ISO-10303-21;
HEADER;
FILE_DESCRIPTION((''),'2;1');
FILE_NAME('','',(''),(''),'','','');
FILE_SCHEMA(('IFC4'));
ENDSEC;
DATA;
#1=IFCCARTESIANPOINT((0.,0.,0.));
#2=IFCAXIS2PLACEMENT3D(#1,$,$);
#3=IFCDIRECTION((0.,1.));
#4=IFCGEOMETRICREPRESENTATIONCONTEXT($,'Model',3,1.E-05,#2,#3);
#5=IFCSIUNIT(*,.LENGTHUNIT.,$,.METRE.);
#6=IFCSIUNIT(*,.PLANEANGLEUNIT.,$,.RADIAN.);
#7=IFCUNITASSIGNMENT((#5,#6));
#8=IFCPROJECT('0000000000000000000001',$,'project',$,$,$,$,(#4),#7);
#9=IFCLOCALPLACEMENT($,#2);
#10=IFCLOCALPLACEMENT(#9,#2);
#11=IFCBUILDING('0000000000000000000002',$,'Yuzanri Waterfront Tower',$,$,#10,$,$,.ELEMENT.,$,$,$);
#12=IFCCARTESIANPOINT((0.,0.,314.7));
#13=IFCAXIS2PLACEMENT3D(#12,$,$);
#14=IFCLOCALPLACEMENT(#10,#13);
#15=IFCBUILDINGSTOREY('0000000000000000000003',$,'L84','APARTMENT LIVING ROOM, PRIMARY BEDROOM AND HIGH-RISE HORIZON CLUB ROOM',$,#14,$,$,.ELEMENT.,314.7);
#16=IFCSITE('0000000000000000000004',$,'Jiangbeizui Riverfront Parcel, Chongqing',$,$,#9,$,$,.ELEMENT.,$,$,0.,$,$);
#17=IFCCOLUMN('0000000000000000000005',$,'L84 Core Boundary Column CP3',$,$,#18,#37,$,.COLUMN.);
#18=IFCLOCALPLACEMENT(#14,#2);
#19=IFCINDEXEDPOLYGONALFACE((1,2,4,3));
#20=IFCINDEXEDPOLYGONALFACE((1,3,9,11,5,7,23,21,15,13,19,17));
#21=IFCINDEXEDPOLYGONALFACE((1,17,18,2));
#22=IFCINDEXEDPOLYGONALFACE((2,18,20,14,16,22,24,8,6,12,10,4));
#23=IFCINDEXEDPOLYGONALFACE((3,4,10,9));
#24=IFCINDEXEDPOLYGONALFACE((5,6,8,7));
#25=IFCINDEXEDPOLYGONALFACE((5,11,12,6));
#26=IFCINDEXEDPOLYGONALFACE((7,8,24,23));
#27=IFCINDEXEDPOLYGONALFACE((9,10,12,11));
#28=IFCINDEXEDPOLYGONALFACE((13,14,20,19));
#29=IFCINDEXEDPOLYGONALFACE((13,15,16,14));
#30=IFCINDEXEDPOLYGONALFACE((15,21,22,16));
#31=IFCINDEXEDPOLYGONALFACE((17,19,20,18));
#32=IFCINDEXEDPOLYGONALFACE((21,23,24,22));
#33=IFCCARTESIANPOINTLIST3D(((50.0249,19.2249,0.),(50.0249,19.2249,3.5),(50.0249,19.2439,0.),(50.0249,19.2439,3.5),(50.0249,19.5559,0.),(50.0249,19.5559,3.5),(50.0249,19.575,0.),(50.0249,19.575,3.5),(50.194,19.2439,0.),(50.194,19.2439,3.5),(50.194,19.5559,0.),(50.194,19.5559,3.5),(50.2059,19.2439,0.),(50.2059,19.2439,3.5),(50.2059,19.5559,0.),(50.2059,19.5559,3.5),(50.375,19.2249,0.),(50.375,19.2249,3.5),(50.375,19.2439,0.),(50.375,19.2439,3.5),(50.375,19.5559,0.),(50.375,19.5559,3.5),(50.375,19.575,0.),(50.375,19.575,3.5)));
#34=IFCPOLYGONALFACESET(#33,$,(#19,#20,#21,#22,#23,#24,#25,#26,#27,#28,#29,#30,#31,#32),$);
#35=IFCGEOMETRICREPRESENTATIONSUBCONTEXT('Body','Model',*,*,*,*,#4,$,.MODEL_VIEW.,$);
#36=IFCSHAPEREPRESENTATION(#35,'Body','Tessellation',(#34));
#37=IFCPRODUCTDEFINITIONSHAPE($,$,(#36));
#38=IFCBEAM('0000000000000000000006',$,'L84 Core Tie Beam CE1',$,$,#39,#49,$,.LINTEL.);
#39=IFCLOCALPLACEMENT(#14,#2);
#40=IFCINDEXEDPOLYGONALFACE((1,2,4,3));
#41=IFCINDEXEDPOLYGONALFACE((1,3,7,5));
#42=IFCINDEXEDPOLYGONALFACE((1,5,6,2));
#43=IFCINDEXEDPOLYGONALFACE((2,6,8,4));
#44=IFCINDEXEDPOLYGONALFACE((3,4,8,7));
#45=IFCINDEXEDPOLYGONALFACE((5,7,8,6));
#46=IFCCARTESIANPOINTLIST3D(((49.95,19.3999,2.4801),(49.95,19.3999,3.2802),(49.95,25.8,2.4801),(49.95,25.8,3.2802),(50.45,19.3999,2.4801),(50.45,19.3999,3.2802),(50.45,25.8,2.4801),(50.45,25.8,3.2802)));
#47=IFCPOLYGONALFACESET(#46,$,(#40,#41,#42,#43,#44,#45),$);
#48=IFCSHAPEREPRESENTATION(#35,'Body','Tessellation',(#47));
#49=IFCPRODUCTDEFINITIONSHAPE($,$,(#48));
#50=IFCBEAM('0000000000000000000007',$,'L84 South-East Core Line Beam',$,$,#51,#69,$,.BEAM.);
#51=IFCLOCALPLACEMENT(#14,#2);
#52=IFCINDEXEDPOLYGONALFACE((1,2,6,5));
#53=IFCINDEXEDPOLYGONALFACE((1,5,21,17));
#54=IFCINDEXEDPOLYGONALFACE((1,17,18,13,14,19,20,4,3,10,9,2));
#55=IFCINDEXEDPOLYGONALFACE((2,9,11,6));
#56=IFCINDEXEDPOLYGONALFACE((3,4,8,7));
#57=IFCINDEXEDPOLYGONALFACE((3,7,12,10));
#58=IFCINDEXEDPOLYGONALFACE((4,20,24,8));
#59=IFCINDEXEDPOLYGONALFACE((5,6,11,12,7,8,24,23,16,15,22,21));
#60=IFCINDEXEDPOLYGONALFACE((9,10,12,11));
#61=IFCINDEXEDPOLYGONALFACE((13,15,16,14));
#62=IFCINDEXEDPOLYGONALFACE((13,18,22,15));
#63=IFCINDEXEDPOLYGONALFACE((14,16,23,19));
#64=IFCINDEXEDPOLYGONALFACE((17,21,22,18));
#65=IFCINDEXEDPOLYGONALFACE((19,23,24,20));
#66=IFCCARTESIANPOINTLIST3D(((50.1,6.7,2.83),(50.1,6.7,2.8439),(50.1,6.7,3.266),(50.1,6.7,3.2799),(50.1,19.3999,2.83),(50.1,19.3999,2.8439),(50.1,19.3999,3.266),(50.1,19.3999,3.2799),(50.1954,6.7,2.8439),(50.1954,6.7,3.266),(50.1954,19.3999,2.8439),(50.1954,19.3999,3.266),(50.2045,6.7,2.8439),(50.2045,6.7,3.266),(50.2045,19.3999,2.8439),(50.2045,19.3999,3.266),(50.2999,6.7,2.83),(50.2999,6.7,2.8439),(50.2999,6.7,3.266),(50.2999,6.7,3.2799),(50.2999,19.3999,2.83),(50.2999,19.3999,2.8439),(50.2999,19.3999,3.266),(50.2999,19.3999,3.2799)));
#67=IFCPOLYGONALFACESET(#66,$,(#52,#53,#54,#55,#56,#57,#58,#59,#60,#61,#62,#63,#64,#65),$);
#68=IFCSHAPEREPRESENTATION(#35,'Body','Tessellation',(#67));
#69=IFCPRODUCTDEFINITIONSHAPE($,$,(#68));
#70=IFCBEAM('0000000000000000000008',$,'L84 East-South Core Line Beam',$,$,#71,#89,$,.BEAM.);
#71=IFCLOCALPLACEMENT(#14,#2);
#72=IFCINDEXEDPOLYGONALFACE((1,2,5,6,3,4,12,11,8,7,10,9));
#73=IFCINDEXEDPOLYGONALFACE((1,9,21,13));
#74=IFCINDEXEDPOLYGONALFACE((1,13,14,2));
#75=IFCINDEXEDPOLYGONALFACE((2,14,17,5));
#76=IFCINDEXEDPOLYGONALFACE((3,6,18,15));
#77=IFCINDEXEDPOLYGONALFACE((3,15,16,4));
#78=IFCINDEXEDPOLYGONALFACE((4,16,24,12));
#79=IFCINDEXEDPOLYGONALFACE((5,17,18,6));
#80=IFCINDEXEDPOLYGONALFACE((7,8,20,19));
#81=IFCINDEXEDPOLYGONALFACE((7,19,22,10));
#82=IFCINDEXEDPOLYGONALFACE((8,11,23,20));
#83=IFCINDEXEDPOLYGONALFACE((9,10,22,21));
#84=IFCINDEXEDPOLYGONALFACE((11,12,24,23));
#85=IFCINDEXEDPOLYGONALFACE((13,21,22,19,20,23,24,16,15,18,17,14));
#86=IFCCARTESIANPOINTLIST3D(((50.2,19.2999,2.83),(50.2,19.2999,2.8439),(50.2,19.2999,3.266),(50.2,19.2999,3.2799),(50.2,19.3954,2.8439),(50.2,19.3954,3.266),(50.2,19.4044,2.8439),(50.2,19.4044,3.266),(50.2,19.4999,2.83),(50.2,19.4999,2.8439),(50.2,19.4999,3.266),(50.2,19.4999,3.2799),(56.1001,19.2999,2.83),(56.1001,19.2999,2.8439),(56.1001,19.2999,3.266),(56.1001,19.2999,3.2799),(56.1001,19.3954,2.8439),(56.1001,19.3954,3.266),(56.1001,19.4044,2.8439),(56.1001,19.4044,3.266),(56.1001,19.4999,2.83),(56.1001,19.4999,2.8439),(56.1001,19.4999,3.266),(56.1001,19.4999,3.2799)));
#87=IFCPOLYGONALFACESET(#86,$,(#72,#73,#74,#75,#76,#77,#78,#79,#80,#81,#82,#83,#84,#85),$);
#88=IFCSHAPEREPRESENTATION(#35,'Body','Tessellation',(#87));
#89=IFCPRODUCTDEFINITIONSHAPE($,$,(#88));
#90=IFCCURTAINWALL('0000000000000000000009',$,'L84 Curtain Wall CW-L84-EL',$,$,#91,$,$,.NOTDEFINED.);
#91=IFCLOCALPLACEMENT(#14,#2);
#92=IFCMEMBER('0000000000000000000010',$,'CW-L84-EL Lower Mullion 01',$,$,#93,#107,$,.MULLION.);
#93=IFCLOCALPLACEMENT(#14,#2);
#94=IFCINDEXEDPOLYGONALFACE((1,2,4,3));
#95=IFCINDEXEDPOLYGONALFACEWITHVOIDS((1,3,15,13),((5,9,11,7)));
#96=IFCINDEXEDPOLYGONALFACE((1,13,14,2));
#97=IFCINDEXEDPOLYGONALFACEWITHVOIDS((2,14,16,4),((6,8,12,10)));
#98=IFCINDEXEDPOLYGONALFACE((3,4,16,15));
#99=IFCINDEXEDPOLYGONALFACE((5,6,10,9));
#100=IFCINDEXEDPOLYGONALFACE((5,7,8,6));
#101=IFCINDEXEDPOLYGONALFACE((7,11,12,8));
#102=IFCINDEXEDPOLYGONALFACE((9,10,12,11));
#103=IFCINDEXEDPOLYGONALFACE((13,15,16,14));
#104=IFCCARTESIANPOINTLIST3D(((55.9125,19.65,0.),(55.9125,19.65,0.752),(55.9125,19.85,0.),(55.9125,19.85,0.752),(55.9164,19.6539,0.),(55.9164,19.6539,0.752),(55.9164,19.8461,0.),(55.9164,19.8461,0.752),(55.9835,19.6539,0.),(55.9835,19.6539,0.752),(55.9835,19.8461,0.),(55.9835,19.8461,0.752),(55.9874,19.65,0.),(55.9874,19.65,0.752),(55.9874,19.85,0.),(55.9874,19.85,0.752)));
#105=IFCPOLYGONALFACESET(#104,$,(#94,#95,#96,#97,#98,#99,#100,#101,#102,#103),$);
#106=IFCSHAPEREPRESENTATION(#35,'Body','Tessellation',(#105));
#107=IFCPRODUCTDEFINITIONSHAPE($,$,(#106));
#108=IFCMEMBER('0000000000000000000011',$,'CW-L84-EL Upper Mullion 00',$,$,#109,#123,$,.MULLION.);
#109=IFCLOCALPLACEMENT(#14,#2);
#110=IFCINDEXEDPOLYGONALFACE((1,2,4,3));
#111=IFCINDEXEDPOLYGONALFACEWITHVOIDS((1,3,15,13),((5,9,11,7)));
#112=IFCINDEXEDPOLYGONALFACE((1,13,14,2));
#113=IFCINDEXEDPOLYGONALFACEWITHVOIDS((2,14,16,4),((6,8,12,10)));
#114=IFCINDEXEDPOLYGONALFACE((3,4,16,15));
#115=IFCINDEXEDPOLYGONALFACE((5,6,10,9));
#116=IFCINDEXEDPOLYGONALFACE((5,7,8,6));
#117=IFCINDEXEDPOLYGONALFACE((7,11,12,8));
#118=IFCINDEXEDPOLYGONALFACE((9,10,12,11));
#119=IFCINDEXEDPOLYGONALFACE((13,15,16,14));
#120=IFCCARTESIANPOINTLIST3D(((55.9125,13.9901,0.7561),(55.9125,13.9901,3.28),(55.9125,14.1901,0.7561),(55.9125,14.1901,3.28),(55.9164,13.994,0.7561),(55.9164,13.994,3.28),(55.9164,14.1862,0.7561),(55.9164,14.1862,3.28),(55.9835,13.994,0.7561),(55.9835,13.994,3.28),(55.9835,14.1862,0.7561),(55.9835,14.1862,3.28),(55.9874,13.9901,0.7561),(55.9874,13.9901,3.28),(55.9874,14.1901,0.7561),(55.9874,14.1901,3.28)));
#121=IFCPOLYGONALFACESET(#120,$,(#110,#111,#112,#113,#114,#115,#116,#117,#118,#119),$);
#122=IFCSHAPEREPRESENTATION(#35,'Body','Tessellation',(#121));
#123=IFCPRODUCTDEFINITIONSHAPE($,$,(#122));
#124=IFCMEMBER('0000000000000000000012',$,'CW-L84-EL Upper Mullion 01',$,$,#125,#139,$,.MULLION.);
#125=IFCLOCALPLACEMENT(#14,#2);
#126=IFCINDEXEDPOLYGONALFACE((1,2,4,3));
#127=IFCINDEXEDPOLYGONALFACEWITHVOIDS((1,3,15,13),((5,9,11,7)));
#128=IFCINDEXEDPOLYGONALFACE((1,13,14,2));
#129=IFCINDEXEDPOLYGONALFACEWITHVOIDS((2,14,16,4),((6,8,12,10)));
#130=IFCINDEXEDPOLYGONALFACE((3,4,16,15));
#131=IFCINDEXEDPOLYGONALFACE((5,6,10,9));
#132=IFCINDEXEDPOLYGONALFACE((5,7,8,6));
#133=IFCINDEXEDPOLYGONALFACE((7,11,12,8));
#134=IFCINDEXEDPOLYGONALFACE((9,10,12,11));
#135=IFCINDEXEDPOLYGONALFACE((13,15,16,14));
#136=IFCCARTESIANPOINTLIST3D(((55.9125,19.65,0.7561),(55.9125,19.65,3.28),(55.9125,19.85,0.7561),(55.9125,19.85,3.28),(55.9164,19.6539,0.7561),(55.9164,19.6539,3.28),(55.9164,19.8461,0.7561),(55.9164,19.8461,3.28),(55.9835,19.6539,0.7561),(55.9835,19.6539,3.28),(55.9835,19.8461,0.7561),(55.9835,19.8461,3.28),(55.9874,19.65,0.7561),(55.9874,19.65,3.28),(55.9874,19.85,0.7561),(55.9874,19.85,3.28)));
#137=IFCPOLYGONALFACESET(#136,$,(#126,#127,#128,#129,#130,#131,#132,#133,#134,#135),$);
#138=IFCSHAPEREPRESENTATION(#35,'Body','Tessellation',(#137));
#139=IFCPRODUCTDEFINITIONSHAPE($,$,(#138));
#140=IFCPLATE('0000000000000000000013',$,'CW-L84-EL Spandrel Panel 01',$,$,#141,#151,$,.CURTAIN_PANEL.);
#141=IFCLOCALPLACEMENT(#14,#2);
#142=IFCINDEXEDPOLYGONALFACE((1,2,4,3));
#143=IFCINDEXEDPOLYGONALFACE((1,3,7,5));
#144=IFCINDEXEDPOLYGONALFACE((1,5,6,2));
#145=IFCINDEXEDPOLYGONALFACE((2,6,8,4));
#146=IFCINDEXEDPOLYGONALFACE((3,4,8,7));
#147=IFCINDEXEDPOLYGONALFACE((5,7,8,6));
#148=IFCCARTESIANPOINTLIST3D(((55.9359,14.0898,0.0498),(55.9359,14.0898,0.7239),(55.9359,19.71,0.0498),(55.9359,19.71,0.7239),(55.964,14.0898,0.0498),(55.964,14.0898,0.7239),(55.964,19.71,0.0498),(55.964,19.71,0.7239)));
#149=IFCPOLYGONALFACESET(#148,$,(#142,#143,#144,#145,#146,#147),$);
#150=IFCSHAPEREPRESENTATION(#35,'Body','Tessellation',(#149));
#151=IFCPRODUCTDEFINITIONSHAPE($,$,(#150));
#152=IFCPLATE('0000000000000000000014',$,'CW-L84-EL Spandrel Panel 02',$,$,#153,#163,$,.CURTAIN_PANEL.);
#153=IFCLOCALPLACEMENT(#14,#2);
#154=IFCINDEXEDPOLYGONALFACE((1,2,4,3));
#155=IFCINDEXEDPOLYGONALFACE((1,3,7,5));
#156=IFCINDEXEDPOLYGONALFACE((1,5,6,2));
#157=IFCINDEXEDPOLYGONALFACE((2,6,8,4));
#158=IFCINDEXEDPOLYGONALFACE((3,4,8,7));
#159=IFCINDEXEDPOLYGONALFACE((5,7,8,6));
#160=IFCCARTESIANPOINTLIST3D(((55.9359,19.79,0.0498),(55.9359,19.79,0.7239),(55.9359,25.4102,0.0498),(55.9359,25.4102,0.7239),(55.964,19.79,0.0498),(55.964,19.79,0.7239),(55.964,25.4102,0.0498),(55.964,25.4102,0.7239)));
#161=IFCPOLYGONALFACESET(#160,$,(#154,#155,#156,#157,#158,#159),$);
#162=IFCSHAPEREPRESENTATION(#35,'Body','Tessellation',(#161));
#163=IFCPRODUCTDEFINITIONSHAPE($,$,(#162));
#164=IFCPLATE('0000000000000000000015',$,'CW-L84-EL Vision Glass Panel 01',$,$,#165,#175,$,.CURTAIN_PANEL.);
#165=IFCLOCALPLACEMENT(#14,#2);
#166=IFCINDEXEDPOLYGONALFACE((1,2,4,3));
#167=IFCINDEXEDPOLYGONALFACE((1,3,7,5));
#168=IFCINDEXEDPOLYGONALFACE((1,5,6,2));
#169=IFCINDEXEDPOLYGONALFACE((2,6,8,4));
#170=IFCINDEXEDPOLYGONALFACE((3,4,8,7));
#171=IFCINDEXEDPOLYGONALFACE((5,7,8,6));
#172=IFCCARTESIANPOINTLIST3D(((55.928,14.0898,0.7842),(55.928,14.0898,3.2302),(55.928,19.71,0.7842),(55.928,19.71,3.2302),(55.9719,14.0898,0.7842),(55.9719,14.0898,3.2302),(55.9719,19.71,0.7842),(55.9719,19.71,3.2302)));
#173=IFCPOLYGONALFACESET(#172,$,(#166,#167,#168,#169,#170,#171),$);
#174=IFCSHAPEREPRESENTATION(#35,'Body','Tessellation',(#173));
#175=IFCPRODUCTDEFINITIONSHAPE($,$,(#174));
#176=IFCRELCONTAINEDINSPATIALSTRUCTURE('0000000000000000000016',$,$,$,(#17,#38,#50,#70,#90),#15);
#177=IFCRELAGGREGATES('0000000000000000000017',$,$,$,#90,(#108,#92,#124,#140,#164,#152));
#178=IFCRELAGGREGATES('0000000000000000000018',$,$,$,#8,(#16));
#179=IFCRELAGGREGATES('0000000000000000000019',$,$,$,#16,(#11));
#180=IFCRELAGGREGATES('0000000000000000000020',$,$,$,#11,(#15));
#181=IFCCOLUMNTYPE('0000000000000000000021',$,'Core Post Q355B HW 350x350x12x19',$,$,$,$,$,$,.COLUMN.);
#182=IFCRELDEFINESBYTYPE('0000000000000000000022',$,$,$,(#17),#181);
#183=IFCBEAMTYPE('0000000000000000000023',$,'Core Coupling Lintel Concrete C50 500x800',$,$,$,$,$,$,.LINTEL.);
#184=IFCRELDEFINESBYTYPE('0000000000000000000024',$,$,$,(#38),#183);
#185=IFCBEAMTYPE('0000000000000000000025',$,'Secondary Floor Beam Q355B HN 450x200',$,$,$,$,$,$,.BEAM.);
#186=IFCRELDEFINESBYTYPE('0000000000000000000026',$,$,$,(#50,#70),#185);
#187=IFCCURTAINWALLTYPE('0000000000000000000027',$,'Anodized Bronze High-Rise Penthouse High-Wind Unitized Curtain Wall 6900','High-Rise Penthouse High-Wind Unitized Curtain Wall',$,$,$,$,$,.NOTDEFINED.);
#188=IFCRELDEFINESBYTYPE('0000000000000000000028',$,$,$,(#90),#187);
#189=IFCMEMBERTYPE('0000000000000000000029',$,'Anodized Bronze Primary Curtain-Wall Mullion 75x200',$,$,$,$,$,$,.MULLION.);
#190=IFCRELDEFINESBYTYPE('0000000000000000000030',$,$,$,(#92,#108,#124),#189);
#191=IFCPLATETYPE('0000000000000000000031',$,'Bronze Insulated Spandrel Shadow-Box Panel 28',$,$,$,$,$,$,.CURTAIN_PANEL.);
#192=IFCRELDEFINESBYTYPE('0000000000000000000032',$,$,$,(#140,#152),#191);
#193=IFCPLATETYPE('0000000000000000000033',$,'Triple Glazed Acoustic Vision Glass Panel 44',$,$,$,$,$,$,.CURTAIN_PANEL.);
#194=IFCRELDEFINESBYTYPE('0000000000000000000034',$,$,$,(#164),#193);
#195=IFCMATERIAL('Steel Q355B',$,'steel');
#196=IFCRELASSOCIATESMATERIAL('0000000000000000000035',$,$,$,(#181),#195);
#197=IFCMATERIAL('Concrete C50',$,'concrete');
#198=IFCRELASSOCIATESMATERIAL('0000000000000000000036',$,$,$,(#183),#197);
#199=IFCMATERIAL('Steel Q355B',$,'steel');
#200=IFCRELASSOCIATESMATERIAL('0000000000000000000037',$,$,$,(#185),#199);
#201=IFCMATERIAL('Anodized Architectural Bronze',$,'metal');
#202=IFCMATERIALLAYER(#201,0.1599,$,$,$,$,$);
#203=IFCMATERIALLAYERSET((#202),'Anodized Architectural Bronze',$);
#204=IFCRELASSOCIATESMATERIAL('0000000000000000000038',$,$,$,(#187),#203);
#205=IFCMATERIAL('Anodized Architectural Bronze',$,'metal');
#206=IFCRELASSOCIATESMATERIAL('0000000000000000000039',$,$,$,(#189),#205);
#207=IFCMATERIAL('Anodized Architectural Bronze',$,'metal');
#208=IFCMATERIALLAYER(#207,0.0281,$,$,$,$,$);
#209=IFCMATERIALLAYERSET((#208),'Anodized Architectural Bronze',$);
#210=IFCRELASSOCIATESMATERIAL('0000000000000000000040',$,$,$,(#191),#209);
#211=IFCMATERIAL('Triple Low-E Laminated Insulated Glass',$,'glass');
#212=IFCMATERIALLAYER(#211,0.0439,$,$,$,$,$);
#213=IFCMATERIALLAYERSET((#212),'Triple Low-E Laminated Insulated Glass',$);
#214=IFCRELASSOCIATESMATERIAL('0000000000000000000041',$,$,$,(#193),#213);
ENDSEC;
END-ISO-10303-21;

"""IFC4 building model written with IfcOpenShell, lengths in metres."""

from ifc_helpers import new_model, si_unit, direction, frame, origin, origin_2d, place, context, subcontext, project, spatial, rectangle, hollow_rectangle, i_section, extrude, source, transform, mapped, material, layer, layer_set, material_profile, profile_set, type_object, element, aggregate, save


model = new_model("IFC4")

# Units and contexts
model_context = context("Model", 3, precision=1e-05, world=origin(), true_north=direction((0.0, 1.0)))
body_context = subcontext(model_context, "Body", "Model", "MODEL_VIEW")
ifc_project = project(units=[si_unit("LENGTHUNIT", "METRE"), si_unit("PLANEANGLEUNIT", "RADIAN")], contexts=[model_context])

# Site, building, storey
site_placement = place(None, origin())
site = spatial("IfcSite", under=ifc_project, at=site_placement, Name="Jiangbeizui Riverfront Parcel, Chongqing", CompositionType="ELEMENT", RefElevation=0.0)
building_placement = place(site_placement, origin())
building = spatial("IfcBuilding", under=site, at=building_placement, Name="Yuzanri Waterfront Tower", CompositionType="ELEMENT")
storey_placement = place(building_placement, frame((0.0, 0.0, 314.7)))
storey = spatial("IfcBuildingStorey", under=building, at=storey_placement, Name="L84", Description="APARTMENT LIVING ROOM, PRIMARY BEDROOM AND HIGH-RISE HORIZON CLUB ROOM", CompositionType="ELEMENT", Elevation=314.7)

# Column
ifc_material_1 = material(Name="Steel Q355B", Category="steel")
ifc_material_profile_1 = material_profile(ifc_material_1, i_section(OverallWidth=0.3501, OverallDepth=0.3501, WebThickness=0.012, FlangeThickness=0.019, at=origin_2d()), Name="HW 350x350x12x19")
ifc_profile_set_1 = profile_set([ifc_material_profile_1], Name="Steel Q355B")
column_type = type_object("IfcColumnType", Name="Core Post Q355B HW 350x350x12x19", PredefinedType="COLUMN", material=ifc_profile_set_1)
shared_shape_1 = source(origin(), body_context, "Body", "SweptSolid", [
    extrude(i_section(OverallWidth=0.3501, OverallDepth=0.3501, WebThickness=0.012, FlangeThickness=0.019, at=origin_2d()), origin(), (0.0, 0.0, 1.0), 3.5),
])
column_placement = place(storey_placement, frame((50.2, 19.3999, 0.0), z_axis=(0.0, 0.0, 1.0), x_axis=(1.0, 0.0, 0.0)))
element("IfcColumn", 1, at=column_placement, inside=storey, type_object=column_type, Name="L84 Core Boundary Column CP3", PredefinedType="COLUMN", context=body_context, shape_type="MappedRepresentation", body=[
    mapped(shared_shape_1, transform((0.0, 0.0, 0.0), scale=1.0)),
])

# Beams
ifc_material_2 = material(Name="Concrete C50", Category="concrete")
ifc_material_profile_2 = material_profile(ifc_material_2, rectangle(XDim=0.5, YDim=0.8, at=origin_2d()), Name="RC 500x800")
ifc_profile_set_2 = profile_set([ifc_material_profile_2], Name="Concrete C50")
beam_type_1 = type_object("IfcBeamType", Name="Core Coupling Lintel Concrete C50 500x800", PredefinedType="LINTEL", material=ifc_profile_set_2)
shared_shape_2 = source(origin(), body_context, "Body", "SweptSolid", [
    extrude(rectangle(XDim=0.5, YDim=0.8, at=origin_2d()), origin(), (0.0, 0.0, 1.0), 6.4001),
])
beam_1_placement = place(storey_placement, frame((50.2, 19.3999, 2.8801), z_axis=(0.0, 1.0, 0.0), x_axis=(-1.0, 0.0, 0.0)))
element("IfcBeam", 2, at=beam_1_placement, inside=storey, type_object=beam_type_1, Name="L84 Core Tie Beam CE1", PredefinedType="LINTEL", context=body_context, shape_type="MappedRepresentation", body=[
    mapped(shared_shape_2, transform((0.0, 0.0, 0.0), scale=1.0)),
])
ifc_material_3 = material(Name="Steel Q355B", Category="steel")
ifc_material_profile_3 = material_profile(ifc_material_3, i_section(OverallWidth=0.2, OverallDepth=0.45, WebThickness=0.009, FlangeThickness=0.0139, at=origin_2d()), Name="HN 450x200x9x14")
ifc_profile_set_3 = profile_set([ifc_material_profile_3], Name="Steel Q355B")
beam_type_2 = type_object("IfcBeamType", Name="Secondary Floor Beam Q355B HN 450x200", PredefinedType="BEAM", material=ifc_profile_set_3)
shared_shape_3 = source(origin(), body_context, "Body", "SweptSolid", [
    extrude(i_section(OverallWidth=0.2, OverallDepth=0.45, WebThickness=0.009, FlangeThickness=0.0139, at=origin_2d()), origin(), (0.0, 0.0, 1.0), 12.7),
])
beam_2_placement = place(storey_placement, frame((50.2, 19.3999, 3.0549), z_axis=(0.0, -1.0, 0.0), x_axis=(1.0, 0.0, 0.0)))
element("IfcBeam", 3, at=beam_2_placement, inside=storey, type_object=beam_type_2, Name="L84 South-East Core Line Beam", PredefinedType="BEAM", context=body_context, shape_type="MappedRepresentation", body=[
    mapped(shared_shape_3, transform((0.0, 0.0, 0.0), scale=1.0)),
])
shared_shape_4 = source(origin(), body_context, "Body", "SweptSolid", [
    extrude(i_section(OverallWidth=0.2, OverallDepth=0.45, WebThickness=0.009, FlangeThickness=0.0139, at=origin_2d()), origin(), (0.0, 0.0, 1.0), 5.9001),
])
beam_3_placement = place(storey_placement, frame((50.2, 19.3999, 3.0549), z_axis=(1.0, 0.0, 0.0), x_axis=(0.0, 1.0, 0.0)))
element("IfcBeam", 4, at=beam_3_placement, inside=storey, type_object=beam_type_2, Name="L84 East-South Core Line Beam", PredefinedType="BEAM", context=body_context, shape_type="MappedRepresentation", body=[
    mapped(shared_shape_4, transform((0.0, 0.0, 0.0), scale=1.0)),
])

# Curtain wall, members, plates
ifc_material_4 = material(Name="Anodized Architectural Bronze", Category="metal")
ifc_layer_1 = layer(ifc_material_4, 0.1599)
ifc_layer_set_1 = layer_set([ifc_layer_1], Name="Anodized Architectural Bronze")
curtain_wall_type = type_object("IfcCurtainWallType", Name="Anodized Bronze High-Rise Penthouse High-Wind Unitized Curtain Wall 6900", Description="High-Rise Penthouse High-Wind Unitized Curtain Wall", PredefinedType="NOTDEFINED", material=ifc_layer_set_1)
curtain_wall_placement = place(storey_placement, origin())
curtain_wall = element("IfcCurtainWall", 5, at=curtain_wall_placement, inside=storey, type_object=curtain_wall_type, Name="L84 Curtain Wall CW-L84-EL", PredefinedType="NOTDEFINED")
ifc_material_5 = material(Name="Anodized Architectural Bronze", Category="metal")
ifc_material_profile_4 = material_profile(ifc_material_5, hollow_rectangle(XDim=0.075, YDim=0.2, WallThickness=0.0039, at=origin_2d()), Name="CWM 75x200")
ifc_profile_set_4 = profile_set([ifc_material_profile_4], Name="Anodized Architectural Bronze")
member_type = type_object("IfcMemberType", Name="Anodized Bronze Primary Curtain-Wall Mullion 75x200", PredefinedType="MULLION", material=ifc_profile_set_4)
shared_shape_5 = source(origin(), body_context, "Body", "SweptSolid", [
    extrude(hollow_rectangle(XDim=0.075, YDim=0.2, WallThickness=0.0039, at=origin_2d()), origin(), (0.0, 0.0, 1.0), 0.752),
])
member_1_placement = place(storey_placement, frame((55.95, 19.75, 0.0), z_axis=(0.0, 0.0, 1.0), x_axis=(1.0, 0.0, 0.0)))
member_1 = element("IfcMember", 6, at=member_1_placement, type_object=member_type, Name="CW-L84-EL Lower Mullion 01", PredefinedType="MULLION", context=body_context, shape_type="MappedRepresentation", body=[
    mapped(shared_shape_5, transform((0.0, 0.0, 0.0), scale=1.0)),
])
shared_shape_6 = source(origin(), body_context, "Body", "SweptSolid", [
    extrude(hollow_rectangle(XDim=0.075, YDim=0.2, WallThickness=0.0039, at=origin_2d()), origin(), (0.0, 0.0, 1.0), 2.5239),
])
member_2_placement = place(storey_placement, frame((55.95, 14.0901, 0.7561), z_axis=(0.0, 0.0, 1.0), x_axis=(1.0, 0.0, 0.0)))
member_2 = element("IfcMember", 7, at=member_2_placement, type_object=member_type, Name="CW-L84-EL Upper Mullion 00", PredefinedType="MULLION", context=body_context, shape_type="MappedRepresentation", body=[
    mapped(shared_shape_6, transform((0.0, 0.0, 0.0), scale=1.0)),
])
member_3_placement = place(storey_placement, frame((55.95, 19.75, 0.7561), z_axis=(0.0, 0.0, 1.0), x_axis=(1.0, 0.0, 0.0)))
member_3 = element("IfcMember", 8, at=member_3_placement, type_object=member_type, Name="CW-L84-EL Upper Mullion 01", PredefinedType="MULLION", context=body_context, shape_type="MappedRepresentation", body=[
    mapped(shared_shape_6, transform((0.0, 0.0, 0.0), scale=1.0)),
])
ifc_material_6 = material(Name="Anodized Architectural Bronze", Category="metal")
ifc_layer_2 = layer(ifc_material_6, 0.0281)
ifc_layer_set_2 = layer_set([ifc_layer_2], Name="Anodized Architectural Bronze")
plate_type_1 = type_object("IfcPlateType", Name="Bronze Insulated Spandrel Shadow-Box Panel 28", PredefinedType="CURTAIN_PANEL", material=ifc_layer_set_2)
shared_shape_7 = source(origin(), body_context, "Body", "SweptSolid", [
    extrude(rectangle(XDim=5.6201, YDim=0.0281, at=origin_2d()), origin(), (0.0, 0.0, 1.0), 0.6741),
])
plate_1_placement = place(storey_placement, frame((55.95, 16.8999, 0.0498), z_axis=(0.0, 0.0, 1.0), x_axis=(0.0, 1.0, 0.0)))
plate_1 = element("IfcPlate", 9, at=plate_1_placement, type_object=plate_type_1, Name="CW-L84-EL Spandrel Panel 01", PredefinedType="CURTAIN_PANEL", context=body_context, shape_type="MappedRepresentation", body=[
    mapped(shared_shape_7, transform((0.0, 0.0, 0.0), scale=1.0)),
])
plate_2_placement = place(storey_placement, frame((55.95, 22.6001, 0.0498), z_axis=(0.0, 0.0, 1.0), x_axis=(0.0, 1.0, 0.0)))
plate_2 = element("IfcPlate", 10, at=plate_2_placement, type_object=plate_type_1, Name="CW-L84-EL Spandrel Panel 02", PredefinedType="CURTAIN_PANEL", context=body_context, shape_type="MappedRepresentation", body=[
    mapped(shared_shape_7, transform((0.0, 0.0, 0.0), scale=1.0)),
])
ifc_material_7 = material(Name="Triple Low-E Laminated Insulated Glass", Category="glass")
ifc_layer_3 = layer(ifc_material_7, 0.0439)
ifc_layer_set_3 = layer_set([ifc_layer_3], Name="Triple Low-E Laminated Insulated Glass")
plate_type_2 = type_object("IfcPlateType", Name="Triple Glazed Acoustic Vision Glass Panel 44", PredefinedType="CURTAIN_PANEL", material=ifc_layer_set_3)
shared_shape_8 = source(origin(), body_context, "Body", "SweptSolid", [
    extrude(rectangle(XDim=5.6201, YDim=0.0439, at=origin_2d()), origin(), (0.0, 0.0, 1.0), 2.446),
])
plate_3_placement = place(storey_placement, frame((55.95, 16.8999, 0.7842), z_axis=(0.0, 0.0, 1.0), x_axis=(0.0, 1.0, 0.0)))
plate_3 = element("IfcPlate", 11, at=plate_3_placement, type_object=plate_type_2, Name="CW-L84-EL Vision Glass Panel 01", PredefinedType="CURTAIN_PANEL", context=body_context, shape_type="MappedRepresentation", body=[
    mapped(shared_shape_8, transform((0.0, 0.0, 0.0), scale=1.0)),
])
aggregate(curtain_wall, [member_2, member_1, member_3, plate_1, plate_3, plate_2])

save(model, "model.ifc")
